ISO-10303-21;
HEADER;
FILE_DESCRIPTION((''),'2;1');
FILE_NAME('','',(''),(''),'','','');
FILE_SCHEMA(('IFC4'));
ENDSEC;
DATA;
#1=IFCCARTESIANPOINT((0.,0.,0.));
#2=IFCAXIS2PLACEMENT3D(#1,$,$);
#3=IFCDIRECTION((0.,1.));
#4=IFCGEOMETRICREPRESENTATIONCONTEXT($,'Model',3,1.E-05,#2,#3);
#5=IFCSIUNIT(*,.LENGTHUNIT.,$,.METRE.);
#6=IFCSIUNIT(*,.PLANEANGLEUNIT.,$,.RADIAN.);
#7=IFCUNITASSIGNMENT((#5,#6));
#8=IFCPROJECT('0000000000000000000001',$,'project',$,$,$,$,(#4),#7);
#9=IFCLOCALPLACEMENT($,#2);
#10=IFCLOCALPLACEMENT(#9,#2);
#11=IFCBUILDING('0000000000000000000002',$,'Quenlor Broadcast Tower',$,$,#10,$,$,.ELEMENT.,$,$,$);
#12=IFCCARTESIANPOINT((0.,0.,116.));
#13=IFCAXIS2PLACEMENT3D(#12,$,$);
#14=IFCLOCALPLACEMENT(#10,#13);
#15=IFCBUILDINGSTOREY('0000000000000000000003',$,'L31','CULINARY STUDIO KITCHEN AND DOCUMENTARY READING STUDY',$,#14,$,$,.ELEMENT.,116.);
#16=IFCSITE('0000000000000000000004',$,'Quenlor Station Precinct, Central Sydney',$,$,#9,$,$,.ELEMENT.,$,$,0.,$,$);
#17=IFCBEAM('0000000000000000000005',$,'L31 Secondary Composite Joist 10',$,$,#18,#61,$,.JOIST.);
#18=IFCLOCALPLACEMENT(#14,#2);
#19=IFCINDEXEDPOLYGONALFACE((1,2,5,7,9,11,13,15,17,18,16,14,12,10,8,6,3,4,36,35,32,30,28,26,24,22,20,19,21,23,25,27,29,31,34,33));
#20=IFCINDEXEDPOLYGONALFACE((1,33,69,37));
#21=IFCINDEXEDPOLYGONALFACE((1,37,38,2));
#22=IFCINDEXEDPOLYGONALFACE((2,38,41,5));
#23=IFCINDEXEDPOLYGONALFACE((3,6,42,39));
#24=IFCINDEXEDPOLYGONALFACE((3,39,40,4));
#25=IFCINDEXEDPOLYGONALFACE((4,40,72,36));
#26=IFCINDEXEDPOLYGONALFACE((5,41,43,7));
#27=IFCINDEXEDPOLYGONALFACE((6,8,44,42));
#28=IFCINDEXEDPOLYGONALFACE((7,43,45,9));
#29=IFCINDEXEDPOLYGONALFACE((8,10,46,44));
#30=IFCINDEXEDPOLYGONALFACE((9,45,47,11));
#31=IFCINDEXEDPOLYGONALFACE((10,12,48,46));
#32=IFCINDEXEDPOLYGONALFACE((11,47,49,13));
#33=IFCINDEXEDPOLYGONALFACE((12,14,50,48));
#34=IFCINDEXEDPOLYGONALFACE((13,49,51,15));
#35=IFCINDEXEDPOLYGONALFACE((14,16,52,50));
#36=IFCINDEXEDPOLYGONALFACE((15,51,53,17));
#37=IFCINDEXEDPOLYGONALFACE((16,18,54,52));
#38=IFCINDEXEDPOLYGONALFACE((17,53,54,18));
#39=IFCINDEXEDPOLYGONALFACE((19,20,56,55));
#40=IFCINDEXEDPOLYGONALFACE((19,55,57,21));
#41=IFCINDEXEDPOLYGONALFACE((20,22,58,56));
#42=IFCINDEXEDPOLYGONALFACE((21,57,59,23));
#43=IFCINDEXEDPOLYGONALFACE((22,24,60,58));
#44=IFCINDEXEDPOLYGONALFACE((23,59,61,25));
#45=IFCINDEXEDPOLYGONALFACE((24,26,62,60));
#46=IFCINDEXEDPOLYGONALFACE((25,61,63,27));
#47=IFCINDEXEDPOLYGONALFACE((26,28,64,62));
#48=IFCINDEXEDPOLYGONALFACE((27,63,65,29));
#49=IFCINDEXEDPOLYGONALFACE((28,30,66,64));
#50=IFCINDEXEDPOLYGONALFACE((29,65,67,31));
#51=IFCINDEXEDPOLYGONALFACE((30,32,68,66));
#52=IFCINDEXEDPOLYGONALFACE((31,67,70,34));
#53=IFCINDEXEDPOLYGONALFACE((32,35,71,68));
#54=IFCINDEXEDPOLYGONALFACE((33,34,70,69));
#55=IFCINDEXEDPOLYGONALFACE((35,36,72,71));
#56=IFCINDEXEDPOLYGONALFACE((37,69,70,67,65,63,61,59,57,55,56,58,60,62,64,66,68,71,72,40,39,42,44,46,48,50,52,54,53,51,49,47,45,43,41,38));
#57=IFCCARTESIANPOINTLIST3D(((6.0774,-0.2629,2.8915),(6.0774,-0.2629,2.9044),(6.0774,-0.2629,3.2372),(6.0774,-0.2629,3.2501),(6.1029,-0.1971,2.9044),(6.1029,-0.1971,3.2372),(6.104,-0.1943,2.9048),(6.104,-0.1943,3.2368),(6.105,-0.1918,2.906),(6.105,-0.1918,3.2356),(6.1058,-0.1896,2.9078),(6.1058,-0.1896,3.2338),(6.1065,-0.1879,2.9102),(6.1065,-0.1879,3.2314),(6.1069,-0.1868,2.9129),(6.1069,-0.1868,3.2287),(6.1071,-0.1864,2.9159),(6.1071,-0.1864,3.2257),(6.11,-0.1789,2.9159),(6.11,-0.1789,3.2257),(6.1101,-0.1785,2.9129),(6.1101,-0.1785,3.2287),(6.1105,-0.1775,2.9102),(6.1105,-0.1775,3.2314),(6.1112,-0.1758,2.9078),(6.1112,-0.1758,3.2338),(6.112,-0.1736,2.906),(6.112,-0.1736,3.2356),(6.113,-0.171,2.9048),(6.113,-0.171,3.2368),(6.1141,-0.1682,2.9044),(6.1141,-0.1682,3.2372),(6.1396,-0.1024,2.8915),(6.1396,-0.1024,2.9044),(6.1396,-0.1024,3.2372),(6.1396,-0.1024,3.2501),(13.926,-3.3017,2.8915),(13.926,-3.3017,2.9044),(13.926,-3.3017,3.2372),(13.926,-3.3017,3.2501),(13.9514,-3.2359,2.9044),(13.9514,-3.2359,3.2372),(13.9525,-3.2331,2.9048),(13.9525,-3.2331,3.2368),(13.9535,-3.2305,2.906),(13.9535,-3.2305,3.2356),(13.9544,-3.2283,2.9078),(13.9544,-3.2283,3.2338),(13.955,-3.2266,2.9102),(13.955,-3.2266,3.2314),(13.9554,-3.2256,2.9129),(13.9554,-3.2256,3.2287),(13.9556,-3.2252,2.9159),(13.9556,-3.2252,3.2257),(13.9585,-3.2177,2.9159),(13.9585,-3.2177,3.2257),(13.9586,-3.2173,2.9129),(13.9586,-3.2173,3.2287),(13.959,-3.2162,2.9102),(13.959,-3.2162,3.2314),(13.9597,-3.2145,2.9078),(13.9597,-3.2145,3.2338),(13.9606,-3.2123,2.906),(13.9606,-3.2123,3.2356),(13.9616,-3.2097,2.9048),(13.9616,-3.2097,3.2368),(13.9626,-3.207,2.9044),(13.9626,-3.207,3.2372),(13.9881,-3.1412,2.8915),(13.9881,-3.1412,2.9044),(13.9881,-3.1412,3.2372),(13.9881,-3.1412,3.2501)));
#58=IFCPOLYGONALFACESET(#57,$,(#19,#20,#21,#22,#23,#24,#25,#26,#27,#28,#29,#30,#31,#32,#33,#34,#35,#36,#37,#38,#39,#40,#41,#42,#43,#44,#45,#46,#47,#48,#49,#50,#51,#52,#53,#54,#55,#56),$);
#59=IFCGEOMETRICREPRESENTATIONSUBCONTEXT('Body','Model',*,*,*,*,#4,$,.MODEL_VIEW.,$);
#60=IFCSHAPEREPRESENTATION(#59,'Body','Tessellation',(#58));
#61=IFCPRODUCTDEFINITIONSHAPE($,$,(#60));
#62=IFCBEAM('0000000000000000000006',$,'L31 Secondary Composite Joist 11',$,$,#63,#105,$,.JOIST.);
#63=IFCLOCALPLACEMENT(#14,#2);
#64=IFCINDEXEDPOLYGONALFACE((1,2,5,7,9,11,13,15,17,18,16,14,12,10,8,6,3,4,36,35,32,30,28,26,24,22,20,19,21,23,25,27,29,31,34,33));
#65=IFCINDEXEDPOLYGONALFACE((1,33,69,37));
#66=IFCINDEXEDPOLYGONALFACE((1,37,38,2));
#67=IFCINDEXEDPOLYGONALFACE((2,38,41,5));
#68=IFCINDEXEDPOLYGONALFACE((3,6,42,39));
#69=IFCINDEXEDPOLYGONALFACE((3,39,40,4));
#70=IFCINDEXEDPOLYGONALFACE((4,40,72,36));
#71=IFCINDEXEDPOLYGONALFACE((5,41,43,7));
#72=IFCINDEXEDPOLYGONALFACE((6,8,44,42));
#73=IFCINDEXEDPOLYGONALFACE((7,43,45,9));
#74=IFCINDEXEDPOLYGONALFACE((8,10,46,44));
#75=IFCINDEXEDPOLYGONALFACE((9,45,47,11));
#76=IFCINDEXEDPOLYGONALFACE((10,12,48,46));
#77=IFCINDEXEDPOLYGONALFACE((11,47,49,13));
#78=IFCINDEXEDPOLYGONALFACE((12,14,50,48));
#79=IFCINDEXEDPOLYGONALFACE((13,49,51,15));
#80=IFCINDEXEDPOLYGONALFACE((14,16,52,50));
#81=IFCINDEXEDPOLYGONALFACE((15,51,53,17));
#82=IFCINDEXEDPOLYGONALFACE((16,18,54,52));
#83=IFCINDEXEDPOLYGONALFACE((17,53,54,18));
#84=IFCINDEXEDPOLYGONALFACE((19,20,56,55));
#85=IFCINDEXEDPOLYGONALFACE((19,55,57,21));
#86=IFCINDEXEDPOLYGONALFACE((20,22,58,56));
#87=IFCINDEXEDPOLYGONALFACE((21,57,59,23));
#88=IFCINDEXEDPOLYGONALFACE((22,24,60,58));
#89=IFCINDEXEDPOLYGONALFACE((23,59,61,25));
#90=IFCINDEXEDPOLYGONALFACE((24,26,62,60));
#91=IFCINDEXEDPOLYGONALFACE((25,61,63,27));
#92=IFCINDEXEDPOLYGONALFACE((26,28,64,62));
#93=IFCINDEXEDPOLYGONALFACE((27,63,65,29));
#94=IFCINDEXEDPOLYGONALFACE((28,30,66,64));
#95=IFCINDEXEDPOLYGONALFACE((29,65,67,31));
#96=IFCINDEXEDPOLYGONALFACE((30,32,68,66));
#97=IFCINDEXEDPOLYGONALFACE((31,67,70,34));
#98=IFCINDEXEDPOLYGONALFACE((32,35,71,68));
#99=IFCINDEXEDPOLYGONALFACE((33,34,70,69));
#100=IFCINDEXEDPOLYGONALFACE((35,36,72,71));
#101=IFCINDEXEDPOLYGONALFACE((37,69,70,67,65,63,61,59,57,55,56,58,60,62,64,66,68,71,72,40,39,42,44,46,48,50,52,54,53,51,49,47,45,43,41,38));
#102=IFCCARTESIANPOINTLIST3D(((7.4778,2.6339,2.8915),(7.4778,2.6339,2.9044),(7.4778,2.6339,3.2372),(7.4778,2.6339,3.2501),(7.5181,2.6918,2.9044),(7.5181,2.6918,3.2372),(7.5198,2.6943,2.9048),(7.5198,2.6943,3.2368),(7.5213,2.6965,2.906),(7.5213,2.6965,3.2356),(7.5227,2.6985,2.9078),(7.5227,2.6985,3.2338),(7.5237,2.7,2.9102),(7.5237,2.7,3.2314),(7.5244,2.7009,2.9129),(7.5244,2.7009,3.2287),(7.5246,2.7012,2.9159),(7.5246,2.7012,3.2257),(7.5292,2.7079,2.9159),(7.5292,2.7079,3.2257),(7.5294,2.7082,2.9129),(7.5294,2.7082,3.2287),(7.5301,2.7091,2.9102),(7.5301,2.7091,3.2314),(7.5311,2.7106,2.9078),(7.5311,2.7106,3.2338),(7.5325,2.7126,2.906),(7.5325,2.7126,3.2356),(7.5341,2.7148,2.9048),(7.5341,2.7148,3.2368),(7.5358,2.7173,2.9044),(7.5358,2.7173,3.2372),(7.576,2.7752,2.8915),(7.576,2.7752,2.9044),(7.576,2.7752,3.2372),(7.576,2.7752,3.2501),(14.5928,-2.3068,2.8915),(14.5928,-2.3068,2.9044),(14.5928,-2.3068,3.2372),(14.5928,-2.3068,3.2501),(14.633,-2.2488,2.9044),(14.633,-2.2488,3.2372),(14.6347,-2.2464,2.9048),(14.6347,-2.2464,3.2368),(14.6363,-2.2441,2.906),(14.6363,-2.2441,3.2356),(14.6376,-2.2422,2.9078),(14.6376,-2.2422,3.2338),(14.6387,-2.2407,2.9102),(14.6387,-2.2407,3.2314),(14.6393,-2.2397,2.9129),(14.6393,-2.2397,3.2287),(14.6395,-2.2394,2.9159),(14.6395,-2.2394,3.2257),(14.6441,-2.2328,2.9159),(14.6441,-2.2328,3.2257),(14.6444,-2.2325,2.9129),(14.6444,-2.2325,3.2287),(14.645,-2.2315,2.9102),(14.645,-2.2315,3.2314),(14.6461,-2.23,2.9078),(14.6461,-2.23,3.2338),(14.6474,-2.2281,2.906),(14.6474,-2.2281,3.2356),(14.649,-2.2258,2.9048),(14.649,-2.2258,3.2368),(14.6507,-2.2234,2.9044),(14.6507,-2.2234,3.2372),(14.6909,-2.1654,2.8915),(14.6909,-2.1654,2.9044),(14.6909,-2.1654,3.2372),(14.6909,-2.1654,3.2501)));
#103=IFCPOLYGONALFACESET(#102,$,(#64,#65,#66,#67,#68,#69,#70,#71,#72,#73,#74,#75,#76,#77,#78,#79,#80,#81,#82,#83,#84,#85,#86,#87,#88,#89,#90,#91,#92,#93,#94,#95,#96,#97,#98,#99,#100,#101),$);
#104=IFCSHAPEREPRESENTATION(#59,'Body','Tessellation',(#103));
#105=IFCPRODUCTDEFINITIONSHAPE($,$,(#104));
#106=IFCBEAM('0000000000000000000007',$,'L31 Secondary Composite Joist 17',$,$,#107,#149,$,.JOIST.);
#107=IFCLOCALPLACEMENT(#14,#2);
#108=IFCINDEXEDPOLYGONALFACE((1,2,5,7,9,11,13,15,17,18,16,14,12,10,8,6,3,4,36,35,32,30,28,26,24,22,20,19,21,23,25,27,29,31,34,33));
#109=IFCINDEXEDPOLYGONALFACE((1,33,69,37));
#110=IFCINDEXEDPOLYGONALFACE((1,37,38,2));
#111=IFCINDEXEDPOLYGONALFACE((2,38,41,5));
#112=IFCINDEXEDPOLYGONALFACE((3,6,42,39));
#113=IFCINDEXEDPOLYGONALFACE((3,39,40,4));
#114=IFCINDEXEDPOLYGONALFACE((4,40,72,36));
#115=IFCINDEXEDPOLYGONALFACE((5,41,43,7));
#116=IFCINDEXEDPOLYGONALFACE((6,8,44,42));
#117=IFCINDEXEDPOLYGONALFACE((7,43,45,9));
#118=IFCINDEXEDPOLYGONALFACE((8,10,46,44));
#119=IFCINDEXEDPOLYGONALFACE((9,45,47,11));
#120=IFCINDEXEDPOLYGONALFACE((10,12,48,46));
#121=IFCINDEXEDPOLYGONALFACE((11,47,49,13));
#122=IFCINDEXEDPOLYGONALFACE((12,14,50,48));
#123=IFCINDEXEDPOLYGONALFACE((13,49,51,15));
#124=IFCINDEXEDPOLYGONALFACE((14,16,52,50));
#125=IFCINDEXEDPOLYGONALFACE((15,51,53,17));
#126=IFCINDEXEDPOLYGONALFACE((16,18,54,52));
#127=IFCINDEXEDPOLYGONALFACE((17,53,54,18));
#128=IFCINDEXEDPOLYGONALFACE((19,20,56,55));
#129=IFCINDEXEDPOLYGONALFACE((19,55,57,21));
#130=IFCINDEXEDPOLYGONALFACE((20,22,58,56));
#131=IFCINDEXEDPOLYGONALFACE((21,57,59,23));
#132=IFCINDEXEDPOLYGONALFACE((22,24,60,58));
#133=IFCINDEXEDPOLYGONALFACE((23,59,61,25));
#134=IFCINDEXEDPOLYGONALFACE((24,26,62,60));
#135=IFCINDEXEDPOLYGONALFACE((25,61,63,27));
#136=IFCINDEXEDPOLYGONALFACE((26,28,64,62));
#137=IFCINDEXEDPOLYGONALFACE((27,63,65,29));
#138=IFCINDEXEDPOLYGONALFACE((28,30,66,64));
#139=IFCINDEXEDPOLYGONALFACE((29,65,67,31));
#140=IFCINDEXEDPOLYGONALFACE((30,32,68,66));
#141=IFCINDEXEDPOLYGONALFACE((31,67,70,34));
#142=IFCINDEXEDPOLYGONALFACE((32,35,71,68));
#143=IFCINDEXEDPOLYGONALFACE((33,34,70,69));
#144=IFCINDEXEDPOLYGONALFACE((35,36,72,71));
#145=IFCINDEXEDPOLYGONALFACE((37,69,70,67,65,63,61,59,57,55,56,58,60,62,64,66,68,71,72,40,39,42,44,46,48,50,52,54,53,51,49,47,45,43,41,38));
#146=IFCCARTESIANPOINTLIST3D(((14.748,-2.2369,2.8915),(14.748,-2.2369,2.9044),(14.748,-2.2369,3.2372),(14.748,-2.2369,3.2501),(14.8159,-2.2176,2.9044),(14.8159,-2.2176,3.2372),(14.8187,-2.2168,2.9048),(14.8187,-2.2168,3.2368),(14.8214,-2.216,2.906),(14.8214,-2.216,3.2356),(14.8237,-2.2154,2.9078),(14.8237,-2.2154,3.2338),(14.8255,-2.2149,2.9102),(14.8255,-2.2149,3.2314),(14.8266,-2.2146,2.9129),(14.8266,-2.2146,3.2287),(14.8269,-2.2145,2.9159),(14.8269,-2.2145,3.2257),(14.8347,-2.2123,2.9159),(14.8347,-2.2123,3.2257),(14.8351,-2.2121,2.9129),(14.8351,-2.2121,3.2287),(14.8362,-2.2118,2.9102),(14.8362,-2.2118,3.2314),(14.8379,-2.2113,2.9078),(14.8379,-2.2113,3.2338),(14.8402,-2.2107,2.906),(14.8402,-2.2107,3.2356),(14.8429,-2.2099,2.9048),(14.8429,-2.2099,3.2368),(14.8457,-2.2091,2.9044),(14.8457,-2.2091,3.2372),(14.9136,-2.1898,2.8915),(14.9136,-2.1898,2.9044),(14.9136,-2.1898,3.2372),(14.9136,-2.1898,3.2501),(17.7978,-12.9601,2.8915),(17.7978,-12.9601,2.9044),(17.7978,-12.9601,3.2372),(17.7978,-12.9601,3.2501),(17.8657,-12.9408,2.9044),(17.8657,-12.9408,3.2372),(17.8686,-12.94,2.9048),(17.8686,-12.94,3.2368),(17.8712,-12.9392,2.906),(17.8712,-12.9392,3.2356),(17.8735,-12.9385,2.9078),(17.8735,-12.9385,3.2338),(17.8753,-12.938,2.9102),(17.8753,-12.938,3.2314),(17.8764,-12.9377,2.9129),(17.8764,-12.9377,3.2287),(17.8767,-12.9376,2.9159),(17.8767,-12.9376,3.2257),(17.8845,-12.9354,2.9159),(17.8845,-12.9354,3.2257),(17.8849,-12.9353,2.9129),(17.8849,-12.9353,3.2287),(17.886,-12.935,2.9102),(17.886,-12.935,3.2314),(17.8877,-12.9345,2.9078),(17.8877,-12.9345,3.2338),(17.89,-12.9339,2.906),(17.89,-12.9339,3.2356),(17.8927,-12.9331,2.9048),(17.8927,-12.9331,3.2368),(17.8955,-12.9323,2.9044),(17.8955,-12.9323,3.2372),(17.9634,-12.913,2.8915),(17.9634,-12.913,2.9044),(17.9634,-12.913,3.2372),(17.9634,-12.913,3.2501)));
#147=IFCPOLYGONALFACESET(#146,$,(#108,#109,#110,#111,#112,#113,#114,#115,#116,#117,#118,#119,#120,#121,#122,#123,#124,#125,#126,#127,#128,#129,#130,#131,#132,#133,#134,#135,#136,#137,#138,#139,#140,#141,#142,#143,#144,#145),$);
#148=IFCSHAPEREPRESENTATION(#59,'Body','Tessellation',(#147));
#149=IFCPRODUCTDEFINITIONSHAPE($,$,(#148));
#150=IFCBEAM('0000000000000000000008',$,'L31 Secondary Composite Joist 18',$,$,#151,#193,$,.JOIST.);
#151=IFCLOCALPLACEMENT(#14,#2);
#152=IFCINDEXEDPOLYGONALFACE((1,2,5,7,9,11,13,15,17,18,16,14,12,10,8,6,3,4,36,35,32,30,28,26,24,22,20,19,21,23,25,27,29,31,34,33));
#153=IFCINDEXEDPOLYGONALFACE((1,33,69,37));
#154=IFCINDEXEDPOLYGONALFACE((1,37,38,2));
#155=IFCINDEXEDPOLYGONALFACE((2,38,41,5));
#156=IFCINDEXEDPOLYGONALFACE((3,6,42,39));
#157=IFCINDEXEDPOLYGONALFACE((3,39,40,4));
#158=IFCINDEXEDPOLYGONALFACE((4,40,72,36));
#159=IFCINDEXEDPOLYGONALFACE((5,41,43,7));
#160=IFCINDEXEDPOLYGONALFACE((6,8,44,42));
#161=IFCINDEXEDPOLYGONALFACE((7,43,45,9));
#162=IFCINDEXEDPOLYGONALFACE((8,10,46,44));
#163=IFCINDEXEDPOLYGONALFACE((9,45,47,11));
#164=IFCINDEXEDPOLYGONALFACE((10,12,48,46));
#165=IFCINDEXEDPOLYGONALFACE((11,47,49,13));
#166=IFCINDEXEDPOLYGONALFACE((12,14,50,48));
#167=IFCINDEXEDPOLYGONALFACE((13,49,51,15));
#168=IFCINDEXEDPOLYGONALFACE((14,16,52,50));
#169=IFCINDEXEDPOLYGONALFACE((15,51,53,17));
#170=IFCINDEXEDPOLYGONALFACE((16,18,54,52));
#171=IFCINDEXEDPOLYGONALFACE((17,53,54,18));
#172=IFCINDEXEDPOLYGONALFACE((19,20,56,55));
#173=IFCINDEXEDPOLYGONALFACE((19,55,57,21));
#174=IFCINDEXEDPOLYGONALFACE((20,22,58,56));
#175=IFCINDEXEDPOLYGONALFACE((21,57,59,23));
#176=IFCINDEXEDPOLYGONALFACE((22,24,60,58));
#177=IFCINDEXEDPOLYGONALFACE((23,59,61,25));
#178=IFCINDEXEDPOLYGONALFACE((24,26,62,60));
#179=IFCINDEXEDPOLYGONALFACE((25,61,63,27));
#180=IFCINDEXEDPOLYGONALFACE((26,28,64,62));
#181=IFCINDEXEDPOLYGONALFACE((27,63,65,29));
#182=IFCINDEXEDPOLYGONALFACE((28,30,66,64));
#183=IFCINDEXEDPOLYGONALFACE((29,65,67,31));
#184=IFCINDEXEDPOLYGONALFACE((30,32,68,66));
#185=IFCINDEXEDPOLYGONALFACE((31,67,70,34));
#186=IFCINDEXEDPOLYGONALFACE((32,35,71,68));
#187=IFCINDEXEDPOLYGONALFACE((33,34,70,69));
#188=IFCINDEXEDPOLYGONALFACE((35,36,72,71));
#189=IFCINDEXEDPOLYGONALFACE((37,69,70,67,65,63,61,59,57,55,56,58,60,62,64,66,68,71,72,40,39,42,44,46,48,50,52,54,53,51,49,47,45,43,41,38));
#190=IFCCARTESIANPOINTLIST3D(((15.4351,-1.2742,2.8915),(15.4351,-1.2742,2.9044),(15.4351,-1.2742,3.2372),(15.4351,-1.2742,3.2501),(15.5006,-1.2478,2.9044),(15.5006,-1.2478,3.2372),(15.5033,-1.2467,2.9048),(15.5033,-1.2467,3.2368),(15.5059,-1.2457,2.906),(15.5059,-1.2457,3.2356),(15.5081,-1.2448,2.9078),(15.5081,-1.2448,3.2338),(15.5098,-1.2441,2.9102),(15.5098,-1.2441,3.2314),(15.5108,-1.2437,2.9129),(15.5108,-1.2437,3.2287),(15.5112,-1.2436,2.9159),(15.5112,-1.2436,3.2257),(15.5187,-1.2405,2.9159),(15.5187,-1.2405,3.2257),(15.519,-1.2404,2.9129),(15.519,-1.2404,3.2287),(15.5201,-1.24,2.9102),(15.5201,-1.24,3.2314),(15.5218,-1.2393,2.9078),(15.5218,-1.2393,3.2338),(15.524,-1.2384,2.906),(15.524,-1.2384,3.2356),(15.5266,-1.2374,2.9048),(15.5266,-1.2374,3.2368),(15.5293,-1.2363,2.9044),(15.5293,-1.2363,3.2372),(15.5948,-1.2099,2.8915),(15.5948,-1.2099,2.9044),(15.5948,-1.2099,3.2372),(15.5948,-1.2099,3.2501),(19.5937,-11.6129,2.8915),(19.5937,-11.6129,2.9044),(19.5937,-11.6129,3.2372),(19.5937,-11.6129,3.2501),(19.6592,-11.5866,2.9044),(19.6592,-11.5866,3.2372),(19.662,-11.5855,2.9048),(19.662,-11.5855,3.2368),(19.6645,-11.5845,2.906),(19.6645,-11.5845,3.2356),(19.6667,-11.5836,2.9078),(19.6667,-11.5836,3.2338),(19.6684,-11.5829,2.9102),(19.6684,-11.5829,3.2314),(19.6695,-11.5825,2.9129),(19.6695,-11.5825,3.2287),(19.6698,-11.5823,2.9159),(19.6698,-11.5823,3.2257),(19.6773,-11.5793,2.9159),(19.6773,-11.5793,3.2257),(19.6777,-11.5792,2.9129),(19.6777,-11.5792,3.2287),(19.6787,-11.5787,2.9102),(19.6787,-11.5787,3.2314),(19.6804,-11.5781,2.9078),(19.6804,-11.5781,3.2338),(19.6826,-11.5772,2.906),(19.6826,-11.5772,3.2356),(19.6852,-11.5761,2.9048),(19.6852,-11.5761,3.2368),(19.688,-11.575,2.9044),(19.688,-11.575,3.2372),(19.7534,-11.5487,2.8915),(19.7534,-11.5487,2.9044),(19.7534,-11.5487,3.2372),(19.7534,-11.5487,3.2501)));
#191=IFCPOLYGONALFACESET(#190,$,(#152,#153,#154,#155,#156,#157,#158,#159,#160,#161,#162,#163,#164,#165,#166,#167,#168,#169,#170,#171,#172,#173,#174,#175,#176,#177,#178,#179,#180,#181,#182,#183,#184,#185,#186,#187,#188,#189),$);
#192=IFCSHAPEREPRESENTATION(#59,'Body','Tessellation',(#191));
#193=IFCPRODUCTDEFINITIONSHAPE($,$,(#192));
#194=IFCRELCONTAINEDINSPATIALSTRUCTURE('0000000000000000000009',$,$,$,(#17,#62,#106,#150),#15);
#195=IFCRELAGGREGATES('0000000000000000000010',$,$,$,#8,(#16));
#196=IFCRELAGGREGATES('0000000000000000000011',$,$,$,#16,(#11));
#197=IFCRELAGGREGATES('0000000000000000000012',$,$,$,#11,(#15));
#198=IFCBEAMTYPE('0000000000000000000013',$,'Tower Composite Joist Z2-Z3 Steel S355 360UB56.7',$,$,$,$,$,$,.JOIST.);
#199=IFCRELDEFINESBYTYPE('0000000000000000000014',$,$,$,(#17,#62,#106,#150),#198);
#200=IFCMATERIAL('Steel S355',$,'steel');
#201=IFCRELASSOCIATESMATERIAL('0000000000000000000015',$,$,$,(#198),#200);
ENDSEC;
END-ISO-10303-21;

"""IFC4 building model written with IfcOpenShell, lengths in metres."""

from ifc_helpers import new_model, si_unit, direction, frame, origin, origin_2d, place, context, subcontext, project, spatial, i_section, extrude, material, material_profile, profile_set, type_object, element, save


model = new_model("IFC4")

# Units and contexts
model_context = context("Model", 3, precision=1e-05, world=origin(), true_north=direction((0.0, 1.0)))
body_context = subcontext(model_context, "Body", "Model", "MODEL_VIEW")
ifc_project = project(units=[si_unit("LENGTHUNIT", "METRE"), si_unit("PLANEANGLEUNIT", "RADIAN")], contexts=[model_context])

# Site, building, storey
site_placement = place(None, origin())
site = spatial("IfcSite", under=ifc_project, at=site_placement, Name="Quenlor Station Precinct, Central Sydney", CompositionType="ELEMENT", RefElevation=0.0)
building_placement = place(site_placement, origin())
building = spatial("IfcBuilding", under=site, at=building_placement, Name="Quenlor Broadcast Tower", CompositionType="ELEMENT")
storey_placement = place(building_placement, frame((0.0, 0.0, 116.0)))
storey = spatial("IfcBuildingStorey", under=building, at=storey_placement, Name="L31", Description="CULINARY STUDIO KITCHEN AND DOCUMENTARY READING STUDY", CompositionType="ELEMENT", Elevation=116.0)

# Beams
ifc_material_1 = material(Name="Steel S355", Category="steel")
ifc_material_profile_1 = material_profile(ifc_material_1, i_section(OverallWidth=0.1721, OverallDepth=0.3586, WebThickness=0.0081, FlangeThickness=0.0129, FilletRadius=0.0115, at=origin_2d()))
ifc_profile_set_1 = profile_set([ifc_material_profile_1], Name="Steel S355 360UB56.7")
beam_type_1 = type_object("IfcBeamType", Name="Tower Composite Joist Z2-Z3 Steel S355 360UB56.7", PredefinedType="JOIST", material=ifc_profile_set_1)
beam_1_placement = place(storey_placement, frame((13.957, -3.2214, 3.0708), z_axis=(-0.932543, 0.36106, 0.0), x_axis=(-0.36106, -0.932543, 0.0)))
element("IfcBeam", 1, at=beam_1_placement, inside=storey, type_object=beam_type_1, Name="L31 Secondary Composite Joist 10", PredefinedType="JOIST", context=body_context, shape_type="SweptSolid", body=[
    extrude(i_section(OverallWidth=0.1721, OverallDepth=0.3586, WebThickness=0.0081, FlangeThickness=0.0129, FilletRadius=0.0115, at=origin_2d()), origin(), (0.0, 0.0, 1.0), 8.4163),
])
beam_2_placement = place(storey_placement, frame((14.6418, -2.2361, 3.0708), z_axis=(-0.821386, 0.570373, 0.0), x_axis=(-0.570373, -0.821386, 0.0)))
element("IfcBeam", 2, at=beam_2_placement, inside=storey, type_object=beam_type_1, Name="L31 Secondary Composite Joist 11", PredefinedType="JOIST", context=body_context, shape_type="SweptSolid", body=[
    extrude(i_section(OverallWidth=0.1721, OverallDepth=0.3586, WebThickness=0.0081, FlangeThickness=0.0129, FilletRadius=0.0115, at=origin_2d()), origin(), (0.0, 0.0, 1.0), 8.6621),
])
beam_3_placement = place(storey_placement, frame((17.8806, -12.9365, 3.0708), z_axis=(-0.273564, 0.961854, 0.0), x_axis=(-0.961854, -0.273564, 0.0)))
element("IfcBeam", 3, at=beam_3_placement, inside=storey, type_object=beam_type_1, Name="L31 Secondary Composite Joist 17", PredefinedType="JOIST", context=body_context, shape_type="SweptSolid", body=[
    extrude(i_section(OverallWidth=0.1721, OverallDepth=0.3586, WebThickness=0.0081, FlangeThickness=0.0129, FilletRadius=0.0115, at=origin_2d()), origin(), (0.0, 0.0, 1.0), 11.1484),
])
beam_4_placement = place(storey_placement, frame((19.6736, -11.5808, 3.0708), z_axis=(-0.37318, 0.927759, 0.0), x_axis=(-0.927759, -0.37318, 0.0)))
element("IfcBeam", 4, at=beam_4_placement, inside=storey, type_object=beam_type_1, Name="L31 Secondary Composite Joist 18", PredefinedType="JOIST", context=body_context, shape_type="SweptSolid", body=[
    extrude(i_section(OverallWidth=0.1721, OverallDepth=0.3586, WebThickness=0.0081, FlangeThickness=0.0129, FilletRadius=0.0115, at=origin_2d()), origin(), (0.0, 0.0, 1.0), 11.1438),
])

save(model, "model.ifc")
